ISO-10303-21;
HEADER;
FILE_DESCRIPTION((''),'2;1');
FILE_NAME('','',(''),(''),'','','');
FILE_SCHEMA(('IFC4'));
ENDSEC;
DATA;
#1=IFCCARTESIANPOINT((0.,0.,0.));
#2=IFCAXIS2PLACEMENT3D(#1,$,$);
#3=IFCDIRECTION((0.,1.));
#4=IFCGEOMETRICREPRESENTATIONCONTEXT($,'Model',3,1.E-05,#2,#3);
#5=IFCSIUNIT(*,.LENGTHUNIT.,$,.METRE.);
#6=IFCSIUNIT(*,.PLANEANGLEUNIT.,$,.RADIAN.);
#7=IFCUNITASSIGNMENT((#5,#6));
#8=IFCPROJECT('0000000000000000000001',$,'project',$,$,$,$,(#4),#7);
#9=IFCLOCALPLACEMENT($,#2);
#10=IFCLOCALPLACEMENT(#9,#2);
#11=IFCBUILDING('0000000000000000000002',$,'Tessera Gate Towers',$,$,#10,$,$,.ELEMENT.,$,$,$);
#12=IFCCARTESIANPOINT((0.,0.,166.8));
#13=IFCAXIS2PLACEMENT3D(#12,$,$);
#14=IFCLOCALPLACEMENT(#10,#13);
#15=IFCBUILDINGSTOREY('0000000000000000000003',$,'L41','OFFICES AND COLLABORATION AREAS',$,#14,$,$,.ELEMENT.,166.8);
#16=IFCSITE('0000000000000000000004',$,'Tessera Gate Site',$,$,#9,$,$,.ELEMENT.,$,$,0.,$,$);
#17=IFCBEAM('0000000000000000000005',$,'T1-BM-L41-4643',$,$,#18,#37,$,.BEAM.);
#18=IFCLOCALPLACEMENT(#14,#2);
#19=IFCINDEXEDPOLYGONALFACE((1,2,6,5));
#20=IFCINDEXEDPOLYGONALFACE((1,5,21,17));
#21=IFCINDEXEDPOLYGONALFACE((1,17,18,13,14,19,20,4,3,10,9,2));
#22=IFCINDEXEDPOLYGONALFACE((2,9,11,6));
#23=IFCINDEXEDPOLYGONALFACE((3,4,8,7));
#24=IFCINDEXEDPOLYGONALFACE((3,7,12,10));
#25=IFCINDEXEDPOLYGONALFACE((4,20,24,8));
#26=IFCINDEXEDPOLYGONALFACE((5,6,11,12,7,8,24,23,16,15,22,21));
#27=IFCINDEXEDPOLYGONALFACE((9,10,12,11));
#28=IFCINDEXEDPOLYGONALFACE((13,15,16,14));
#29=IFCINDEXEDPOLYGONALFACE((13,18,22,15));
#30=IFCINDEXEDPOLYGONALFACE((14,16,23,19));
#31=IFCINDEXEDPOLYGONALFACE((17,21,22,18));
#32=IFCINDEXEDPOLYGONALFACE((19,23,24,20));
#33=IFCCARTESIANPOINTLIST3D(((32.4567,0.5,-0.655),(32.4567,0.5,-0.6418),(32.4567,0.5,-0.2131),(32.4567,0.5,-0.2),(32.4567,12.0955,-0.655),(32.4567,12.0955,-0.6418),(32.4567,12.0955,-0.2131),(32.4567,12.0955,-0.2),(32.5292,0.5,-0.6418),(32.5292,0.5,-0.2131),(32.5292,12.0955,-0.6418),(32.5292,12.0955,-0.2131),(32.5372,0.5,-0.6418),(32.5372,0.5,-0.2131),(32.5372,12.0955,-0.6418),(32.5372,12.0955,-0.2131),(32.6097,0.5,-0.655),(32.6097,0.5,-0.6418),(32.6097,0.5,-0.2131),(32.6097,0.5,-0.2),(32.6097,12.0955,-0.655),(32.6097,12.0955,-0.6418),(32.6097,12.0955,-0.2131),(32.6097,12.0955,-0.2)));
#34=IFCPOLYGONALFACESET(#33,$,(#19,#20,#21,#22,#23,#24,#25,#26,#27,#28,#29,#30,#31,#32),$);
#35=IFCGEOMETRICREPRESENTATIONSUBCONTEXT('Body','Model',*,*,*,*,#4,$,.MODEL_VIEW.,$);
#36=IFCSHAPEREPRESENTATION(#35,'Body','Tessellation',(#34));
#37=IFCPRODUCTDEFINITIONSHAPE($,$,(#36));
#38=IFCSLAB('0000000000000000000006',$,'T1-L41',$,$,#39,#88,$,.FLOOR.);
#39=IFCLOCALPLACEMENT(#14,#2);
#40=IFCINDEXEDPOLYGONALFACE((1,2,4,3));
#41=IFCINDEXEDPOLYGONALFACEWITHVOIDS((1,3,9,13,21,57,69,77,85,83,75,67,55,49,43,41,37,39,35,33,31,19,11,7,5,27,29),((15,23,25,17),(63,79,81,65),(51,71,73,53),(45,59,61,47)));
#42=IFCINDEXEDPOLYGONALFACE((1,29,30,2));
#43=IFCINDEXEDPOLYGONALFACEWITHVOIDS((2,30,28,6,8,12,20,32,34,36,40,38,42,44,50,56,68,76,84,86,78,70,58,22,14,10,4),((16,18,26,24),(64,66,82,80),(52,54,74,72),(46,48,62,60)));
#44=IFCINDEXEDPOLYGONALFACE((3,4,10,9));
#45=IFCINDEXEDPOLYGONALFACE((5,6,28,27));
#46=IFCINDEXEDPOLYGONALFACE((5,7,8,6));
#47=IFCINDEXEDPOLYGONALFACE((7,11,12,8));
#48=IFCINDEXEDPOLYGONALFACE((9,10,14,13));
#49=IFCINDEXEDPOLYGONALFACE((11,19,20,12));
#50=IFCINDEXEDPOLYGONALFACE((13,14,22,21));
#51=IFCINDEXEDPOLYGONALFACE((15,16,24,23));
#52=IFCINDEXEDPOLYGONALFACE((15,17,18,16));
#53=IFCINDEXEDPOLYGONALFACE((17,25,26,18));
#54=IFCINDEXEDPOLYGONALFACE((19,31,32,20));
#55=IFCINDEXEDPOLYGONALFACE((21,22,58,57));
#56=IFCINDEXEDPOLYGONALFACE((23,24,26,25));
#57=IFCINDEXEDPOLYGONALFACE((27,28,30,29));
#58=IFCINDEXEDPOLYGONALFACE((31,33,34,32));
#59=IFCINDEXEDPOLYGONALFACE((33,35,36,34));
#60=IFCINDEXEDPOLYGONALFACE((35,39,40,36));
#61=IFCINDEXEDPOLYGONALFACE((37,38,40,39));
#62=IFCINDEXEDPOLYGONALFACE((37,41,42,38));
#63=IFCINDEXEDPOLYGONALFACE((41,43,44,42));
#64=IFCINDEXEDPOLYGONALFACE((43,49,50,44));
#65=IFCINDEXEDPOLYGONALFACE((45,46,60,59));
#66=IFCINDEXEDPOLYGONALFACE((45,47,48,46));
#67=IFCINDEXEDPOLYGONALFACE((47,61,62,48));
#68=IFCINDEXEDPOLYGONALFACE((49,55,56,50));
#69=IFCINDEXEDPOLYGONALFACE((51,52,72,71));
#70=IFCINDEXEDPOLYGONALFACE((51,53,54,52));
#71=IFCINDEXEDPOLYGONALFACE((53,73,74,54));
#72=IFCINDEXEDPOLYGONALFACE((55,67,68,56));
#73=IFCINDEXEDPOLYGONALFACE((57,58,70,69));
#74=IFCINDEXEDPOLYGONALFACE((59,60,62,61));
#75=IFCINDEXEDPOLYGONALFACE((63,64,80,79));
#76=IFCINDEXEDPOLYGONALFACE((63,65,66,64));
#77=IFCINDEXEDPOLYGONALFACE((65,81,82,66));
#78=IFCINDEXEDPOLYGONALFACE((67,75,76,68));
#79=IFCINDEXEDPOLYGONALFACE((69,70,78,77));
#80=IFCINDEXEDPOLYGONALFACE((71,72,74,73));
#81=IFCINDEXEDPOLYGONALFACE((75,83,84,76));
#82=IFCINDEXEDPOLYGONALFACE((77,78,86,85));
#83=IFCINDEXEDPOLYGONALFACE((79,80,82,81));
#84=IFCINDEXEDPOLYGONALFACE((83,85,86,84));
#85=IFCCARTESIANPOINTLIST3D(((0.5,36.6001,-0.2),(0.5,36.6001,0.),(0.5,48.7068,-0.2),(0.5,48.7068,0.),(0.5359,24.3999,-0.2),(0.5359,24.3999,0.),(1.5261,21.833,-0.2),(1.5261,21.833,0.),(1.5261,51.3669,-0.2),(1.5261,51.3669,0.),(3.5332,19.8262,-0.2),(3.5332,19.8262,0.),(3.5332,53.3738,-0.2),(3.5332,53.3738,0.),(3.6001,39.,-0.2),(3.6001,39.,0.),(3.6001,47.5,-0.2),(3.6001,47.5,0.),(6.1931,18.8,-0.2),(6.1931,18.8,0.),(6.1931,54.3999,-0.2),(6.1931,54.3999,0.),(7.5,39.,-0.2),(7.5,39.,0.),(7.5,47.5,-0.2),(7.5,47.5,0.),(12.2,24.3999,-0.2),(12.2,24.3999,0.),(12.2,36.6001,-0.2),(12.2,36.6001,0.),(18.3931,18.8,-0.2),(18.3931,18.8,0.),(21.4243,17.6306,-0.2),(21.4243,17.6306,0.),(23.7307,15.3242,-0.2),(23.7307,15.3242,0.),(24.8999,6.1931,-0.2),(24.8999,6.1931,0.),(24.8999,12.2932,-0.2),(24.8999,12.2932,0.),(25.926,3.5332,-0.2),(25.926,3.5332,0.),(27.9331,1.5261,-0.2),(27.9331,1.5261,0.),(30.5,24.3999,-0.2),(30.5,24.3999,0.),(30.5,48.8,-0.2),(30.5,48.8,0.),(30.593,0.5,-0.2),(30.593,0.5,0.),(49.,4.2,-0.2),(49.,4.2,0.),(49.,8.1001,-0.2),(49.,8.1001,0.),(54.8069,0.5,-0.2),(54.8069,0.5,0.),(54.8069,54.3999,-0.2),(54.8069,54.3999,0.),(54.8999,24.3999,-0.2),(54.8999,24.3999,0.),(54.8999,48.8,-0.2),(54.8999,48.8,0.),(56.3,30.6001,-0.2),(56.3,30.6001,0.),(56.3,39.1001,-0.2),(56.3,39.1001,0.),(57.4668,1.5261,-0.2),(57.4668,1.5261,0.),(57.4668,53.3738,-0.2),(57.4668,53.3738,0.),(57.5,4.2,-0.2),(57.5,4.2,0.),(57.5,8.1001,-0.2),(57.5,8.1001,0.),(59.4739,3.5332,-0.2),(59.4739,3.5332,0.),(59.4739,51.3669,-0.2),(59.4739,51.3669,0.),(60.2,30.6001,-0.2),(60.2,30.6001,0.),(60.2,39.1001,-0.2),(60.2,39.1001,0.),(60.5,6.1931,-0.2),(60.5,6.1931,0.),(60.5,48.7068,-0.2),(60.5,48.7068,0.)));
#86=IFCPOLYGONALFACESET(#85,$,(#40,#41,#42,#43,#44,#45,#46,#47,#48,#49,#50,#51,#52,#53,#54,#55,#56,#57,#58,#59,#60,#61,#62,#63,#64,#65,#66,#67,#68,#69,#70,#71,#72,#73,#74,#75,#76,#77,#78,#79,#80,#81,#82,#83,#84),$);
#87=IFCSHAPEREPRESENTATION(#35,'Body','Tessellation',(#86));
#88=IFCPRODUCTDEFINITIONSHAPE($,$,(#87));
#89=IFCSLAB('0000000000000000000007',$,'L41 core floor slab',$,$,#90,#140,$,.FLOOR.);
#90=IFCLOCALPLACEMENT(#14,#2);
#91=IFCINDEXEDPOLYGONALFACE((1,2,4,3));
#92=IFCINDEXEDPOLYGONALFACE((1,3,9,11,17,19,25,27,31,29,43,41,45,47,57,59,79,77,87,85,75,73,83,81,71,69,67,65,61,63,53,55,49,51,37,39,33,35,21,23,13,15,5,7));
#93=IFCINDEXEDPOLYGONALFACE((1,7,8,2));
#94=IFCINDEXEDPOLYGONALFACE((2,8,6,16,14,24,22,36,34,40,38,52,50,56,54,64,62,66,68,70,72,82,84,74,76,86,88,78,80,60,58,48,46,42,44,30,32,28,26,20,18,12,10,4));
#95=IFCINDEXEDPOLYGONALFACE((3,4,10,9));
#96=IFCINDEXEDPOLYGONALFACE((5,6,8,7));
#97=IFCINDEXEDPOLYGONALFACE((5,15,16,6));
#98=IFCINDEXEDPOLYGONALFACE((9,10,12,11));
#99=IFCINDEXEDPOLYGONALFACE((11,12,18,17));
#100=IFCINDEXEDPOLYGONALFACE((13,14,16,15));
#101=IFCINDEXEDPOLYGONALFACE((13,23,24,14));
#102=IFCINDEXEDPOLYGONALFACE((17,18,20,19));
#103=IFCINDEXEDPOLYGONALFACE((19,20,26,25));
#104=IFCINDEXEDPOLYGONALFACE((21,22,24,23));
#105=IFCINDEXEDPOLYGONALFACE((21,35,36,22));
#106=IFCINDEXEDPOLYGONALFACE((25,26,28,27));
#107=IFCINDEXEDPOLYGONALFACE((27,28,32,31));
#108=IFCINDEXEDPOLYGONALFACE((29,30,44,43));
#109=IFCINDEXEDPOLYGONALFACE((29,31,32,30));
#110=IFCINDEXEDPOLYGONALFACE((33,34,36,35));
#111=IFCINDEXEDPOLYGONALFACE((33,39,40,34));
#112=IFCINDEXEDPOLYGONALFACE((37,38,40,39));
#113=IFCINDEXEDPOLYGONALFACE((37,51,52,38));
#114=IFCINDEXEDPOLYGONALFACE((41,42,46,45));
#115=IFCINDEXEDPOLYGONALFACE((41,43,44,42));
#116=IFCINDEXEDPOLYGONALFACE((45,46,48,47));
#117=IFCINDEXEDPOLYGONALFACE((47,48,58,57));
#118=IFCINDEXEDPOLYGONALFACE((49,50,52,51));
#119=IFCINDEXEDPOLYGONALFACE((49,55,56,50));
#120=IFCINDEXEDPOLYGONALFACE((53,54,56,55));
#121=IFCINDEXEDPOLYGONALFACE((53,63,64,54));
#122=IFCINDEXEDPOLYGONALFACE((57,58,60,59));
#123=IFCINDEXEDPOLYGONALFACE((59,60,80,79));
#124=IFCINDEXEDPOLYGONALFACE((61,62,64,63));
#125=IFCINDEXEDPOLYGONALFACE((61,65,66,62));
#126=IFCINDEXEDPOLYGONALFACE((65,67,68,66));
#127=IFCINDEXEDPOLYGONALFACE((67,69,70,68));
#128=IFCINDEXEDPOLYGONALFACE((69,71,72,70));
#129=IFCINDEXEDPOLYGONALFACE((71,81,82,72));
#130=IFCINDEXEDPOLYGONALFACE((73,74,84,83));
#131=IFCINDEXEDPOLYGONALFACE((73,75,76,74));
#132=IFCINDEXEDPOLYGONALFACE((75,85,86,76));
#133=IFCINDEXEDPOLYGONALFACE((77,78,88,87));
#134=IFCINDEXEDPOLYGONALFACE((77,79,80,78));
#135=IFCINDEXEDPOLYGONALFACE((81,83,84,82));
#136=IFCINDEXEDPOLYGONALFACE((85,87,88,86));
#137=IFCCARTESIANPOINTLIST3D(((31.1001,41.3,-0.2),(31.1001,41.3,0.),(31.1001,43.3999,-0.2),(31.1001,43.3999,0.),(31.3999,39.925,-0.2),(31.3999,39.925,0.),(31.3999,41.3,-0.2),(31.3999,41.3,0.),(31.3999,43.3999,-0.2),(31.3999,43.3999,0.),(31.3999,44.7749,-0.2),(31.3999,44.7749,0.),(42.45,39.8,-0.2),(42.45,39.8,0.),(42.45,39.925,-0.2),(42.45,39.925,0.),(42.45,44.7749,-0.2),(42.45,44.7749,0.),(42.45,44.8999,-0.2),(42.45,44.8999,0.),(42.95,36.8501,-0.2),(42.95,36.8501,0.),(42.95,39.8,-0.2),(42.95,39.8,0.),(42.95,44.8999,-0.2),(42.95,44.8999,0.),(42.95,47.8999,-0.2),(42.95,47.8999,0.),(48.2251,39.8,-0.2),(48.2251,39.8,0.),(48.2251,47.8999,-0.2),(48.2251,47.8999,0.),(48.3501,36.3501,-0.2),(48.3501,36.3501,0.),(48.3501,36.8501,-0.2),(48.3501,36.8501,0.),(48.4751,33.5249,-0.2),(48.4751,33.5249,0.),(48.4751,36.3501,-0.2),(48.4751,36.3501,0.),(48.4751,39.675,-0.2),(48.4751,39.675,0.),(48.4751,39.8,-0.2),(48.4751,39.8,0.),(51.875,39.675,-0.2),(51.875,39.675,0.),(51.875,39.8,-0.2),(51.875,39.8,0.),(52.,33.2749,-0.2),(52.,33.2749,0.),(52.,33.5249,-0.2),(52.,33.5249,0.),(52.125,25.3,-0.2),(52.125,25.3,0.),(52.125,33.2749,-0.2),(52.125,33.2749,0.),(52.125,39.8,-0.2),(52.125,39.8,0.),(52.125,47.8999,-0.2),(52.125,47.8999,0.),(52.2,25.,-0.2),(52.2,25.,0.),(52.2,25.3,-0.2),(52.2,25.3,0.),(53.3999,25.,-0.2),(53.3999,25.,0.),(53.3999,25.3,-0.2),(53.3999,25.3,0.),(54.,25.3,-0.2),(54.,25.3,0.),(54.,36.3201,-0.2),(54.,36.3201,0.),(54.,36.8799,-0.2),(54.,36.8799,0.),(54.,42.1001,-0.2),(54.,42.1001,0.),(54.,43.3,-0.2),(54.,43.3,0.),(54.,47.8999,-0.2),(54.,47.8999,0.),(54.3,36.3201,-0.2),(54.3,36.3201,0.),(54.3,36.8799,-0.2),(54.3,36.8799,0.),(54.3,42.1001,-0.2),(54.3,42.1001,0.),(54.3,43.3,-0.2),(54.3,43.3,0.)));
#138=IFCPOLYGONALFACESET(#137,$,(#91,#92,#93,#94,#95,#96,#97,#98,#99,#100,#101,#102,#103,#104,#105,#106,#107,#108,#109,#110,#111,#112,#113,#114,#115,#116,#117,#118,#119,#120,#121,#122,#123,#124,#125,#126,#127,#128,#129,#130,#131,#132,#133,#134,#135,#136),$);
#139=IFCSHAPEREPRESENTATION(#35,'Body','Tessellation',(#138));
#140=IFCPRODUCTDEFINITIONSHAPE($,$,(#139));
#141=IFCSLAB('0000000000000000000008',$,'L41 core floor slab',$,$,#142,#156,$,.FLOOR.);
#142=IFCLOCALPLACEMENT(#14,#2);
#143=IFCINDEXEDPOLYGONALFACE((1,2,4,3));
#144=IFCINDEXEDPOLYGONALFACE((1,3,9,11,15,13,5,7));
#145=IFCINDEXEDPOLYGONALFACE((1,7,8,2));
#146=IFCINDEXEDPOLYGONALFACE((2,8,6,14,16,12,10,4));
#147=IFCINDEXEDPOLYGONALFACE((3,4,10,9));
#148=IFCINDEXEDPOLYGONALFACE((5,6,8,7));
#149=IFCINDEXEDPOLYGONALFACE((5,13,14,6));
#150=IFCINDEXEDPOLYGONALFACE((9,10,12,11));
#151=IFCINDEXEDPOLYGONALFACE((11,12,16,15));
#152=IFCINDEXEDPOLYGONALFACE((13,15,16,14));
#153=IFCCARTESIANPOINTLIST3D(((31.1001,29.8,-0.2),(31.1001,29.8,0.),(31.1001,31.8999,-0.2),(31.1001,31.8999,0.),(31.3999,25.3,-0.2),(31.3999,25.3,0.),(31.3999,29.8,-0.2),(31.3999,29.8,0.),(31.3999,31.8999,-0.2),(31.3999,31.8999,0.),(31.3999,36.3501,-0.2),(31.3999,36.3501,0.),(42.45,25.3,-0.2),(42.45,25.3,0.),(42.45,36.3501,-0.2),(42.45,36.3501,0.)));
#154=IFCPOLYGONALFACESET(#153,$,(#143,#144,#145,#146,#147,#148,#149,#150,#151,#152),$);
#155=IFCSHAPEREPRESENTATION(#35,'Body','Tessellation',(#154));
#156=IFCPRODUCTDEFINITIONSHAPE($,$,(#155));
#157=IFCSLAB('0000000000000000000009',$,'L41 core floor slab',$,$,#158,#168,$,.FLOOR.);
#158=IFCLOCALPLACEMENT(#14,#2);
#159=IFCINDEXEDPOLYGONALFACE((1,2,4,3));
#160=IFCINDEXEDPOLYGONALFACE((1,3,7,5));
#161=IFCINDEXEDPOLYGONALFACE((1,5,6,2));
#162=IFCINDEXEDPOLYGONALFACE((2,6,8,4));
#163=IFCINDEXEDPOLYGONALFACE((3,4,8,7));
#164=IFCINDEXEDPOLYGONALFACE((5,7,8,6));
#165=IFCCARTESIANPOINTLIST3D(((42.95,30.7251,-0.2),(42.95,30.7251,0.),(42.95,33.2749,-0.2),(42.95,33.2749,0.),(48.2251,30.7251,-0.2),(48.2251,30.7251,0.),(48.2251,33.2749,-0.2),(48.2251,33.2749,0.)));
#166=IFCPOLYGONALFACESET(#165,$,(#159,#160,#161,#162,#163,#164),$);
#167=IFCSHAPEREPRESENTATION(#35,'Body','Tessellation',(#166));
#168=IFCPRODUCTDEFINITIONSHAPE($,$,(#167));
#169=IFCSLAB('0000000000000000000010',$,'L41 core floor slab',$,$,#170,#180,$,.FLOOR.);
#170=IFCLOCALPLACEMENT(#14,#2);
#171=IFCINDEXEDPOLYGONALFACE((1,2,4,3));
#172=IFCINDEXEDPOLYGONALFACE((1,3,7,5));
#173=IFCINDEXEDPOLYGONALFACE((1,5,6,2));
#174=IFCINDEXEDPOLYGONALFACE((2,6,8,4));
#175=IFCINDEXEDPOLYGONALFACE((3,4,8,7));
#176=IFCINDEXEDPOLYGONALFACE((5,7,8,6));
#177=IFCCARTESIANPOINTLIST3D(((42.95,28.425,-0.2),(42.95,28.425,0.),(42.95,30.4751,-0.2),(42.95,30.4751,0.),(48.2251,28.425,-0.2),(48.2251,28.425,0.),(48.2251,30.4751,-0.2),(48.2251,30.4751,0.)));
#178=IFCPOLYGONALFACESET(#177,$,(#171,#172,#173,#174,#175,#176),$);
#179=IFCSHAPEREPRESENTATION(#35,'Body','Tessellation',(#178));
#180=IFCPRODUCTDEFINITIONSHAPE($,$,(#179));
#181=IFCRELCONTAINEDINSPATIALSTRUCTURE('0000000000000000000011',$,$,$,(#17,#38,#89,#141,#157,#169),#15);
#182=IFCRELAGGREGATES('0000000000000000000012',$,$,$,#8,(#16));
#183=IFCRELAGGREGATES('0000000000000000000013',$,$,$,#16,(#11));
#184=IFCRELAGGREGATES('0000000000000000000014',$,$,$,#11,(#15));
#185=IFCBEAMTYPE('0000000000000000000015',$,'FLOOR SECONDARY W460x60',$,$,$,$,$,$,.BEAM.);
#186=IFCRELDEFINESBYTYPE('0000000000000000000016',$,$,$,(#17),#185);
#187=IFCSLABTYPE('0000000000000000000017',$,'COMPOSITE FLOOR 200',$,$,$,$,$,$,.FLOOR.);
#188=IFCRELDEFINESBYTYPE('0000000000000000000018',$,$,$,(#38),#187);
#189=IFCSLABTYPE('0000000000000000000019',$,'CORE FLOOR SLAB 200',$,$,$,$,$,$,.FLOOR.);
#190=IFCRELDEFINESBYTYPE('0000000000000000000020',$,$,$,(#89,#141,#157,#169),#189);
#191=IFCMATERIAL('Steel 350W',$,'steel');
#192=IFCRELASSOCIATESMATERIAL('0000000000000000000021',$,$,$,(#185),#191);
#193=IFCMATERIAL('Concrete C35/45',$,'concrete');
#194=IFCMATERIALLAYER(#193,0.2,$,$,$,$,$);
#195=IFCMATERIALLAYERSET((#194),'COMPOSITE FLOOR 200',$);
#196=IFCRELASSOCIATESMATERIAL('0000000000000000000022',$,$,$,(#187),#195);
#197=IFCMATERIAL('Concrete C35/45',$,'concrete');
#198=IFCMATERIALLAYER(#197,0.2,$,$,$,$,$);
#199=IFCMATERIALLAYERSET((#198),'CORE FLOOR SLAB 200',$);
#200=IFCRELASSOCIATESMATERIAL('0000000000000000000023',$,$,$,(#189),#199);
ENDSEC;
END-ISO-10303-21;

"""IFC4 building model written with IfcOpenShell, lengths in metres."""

from ifc_helpers import new_model, si_unit, direction, frame, origin, origin_2d, place, context, subcontext, project, spatial, polyline, i_section, outline, extrude, material, layer, layer_set, material_profile, profile_set, type_object, element, save


model = new_model("IFC4")

# Units and contexts
model_context = context("Model", 3, precision=1e-05, world=origin(), true_north=direction((0.0, 1.0)))
body_context = subcontext(model_context, "Body", "Model", "MODEL_VIEW")
ifc_project = project(units=[si_unit("LENGTHUNIT", "METRE"), si_unit("PLANEANGLEUNIT", "RADIAN")], contexts=[model_context])

# Site, building, storey
site_placement = place(None, origin())
site = spatial("IfcSite", under=ifc_project, at=site_placement, Name="Tessera Gate Site", CompositionType="ELEMENT", RefElevation=0.0)
building_placement = place(site_placement, origin())
building = spatial("IfcBuilding", under=site, at=building_placement, Name="Tessera Gate Towers", CompositionType="ELEMENT")
storey_placement = place(building_placement, frame((0.0, 0.0, 166.8)))
storey = spatial("IfcBuildingStorey", under=building, at=storey_placement, Name="L41", Description="OFFICES AND COLLABORATION AREAS", CompositionType="ELEMENT", Elevation=166.8)

# Beam
ifc_material_1 = material(Name="Steel 350W", Category="steel")
ifc_material_profile_1 = material_profile(ifc_material_1, i_section(OverallWidth=0.1531, OverallDepth=0.4551, WebThickness=0.0081, FlangeThickness=0.0132, at=origin_2d()), Name="W460x60")
ifc_profile_set_1 = profile_set([ifc_material_profile_1], Name="Steel 350W")
beam_type_1 = type_object("IfcBeamType", Name="FLOOR SECONDARY W460x60", PredefinedType="BEAM", material=ifc_profile_set_1)
beam_1_placement = place(storey_placement, frame((32.5332, 0.5, -0.4275), z_axis=(0.0, 1.0, 0.0), x_axis=(-1.0, 0.0, 0.0)))
element("IfcBeam", 1, at=beam_1_placement, inside=storey, type_object=beam_type_1, Name="T1-BM-L41-4643", PredefinedType="BEAM", context=body_context, shape_type="SweptSolid", body=[
    extrude(i_section(OverallWidth=0.1531, OverallDepth=0.4551, WebThickness=0.0081, FlangeThickness=0.0132, at=origin_2d()), origin(), (0.0, 0.0, 1.0), 11.5955),
])

# Slabs
ifc_material_2 = material(Name="Concrete C35/45", Category="concrete")
ifc_layer_1 = layer(ifc_material_2, 0.2)
ifc_layer_set_1 = layer_set([ifc_layer_1], Name="COMPOSITE FLOOR 200")
slab_type_1 = type_object("IfcSlabType", Name="COMPOSITE FLOOR 200", PredefinedType="FLOOR", material=ifc_layer_set_1)
slab_1_placement = place(storey_placement, frame((0.0, 0.0, -0.2)))
element("IfcSlab", 2, at=slab_1_placement, inside=storey, type_object=slab_type_1, Name="T1-L41", PredefinedType="FLOOR", context=body_context, shape_type="SweptSolid", body=[
    extrude(outline(polyline([(0.5, 36.6001), (12.2, 36.6001), (12.2, 24.3999), (0.5359, 24.3999), (1.5261, 21.833), (3.5332, 19.8262), (6.1931, 18.8), (18.3931, 18.8), (21.4243, 17.6306), (23.7307, 15.3242), (24.8999, 12.2932), (24.8999, 6.1931), (25.926, 3.5332), (27.9331, 1.5261), (30.593, 0.5), (54.8069, 0.5), (57.4668, 1.5261), (59.4739, 3.5332), (60.5, 6.1931), (60.5, 48.7068), (59.4739, 51.3669), (57.4668, 53.3738), (54.8069, 54.3999), (6.1931, 54.3999), (3.5332, 53.3738), (1.5261, 51.3669), (0.5, 48.7068), (0.5, 36.6001)]), holes=[polyline([(3.6001, 39.0), (3.6001, 47.5), (7.5, 47.5), (7.5, 39.0), (3.6001, 39.0)]), polyline([(30.5, 24.3999), (30.5, 48.8), (54.8999, 48.8), (54.8999, 24.3999), (30.5, 24.3999)]), polyline([(49.0, 4.2), (49.0, 8.1001), (57.5, 8.1001), (57.5, 4.2), (49.0, 4.2)]), polyline([(56.3, 30.6001), (56.3, 39.1001), (60.2, 39.1001), (60.2, 30.6001), (56.3, 30.6001)])]), origin(), (0.0, 0.0, 1.0), 0.2),
])
ifc_material_3 = material(Name="Concrete C35/45", Category="concrete")
ifc_layer_2 = layer(ifc_material_3, 0.2)
ifc_layer_set_2 = layer_set([ifc_layer_2], Name="CORE FLOOR SLAB 200")
slab_type_2 = type_object("IfcSlabType", Name="CORE FLOOR SLAB 200", PredefinedType="FLOOR", material=ifc_layer_set_2)
slab_2_placement = place(storey_placement, frame((0.0, 0.0, -0.2)))
element("IfcSlab", 3, at=slab_2_placement, inside=storey, type_object=slab_type_2, Name="L41 core floor slab", PredefinedType="FLOOR", context=body_context, shape_type="SweptSolid", body=[
    extrude(outline(polyline([(42.45, 44.8999), (42.45, 44.7749), (31.3999, 44.7749), (31.3999, 43.3999), (31.1001, 43.3999), (31.1001, 41.3), (31.3999, 41.3), (31.3999, 39.925), (42.45, 39.925), (42.45, 39.8), (42.95, 39.8), (42.95, 36.8501), (48.3501, 36.8501), (48.3501, 36.3501), (48.4751, 36.3501), (48.4751, 33.5249), (52.0, 33.5249), (52.0, 33.2749), (52.125, 33.2749), (52.125, 25.3), (52.2, 25.3), (52.2, 25.0), (53.3999, 25.0), (53.3999, 25.3), (54.0, 25.3), (54.0, 36.3201), (54.3, 36.3201), (54.3, 36.8799), (54.0, 36.8799), (54.0, 42.1001), (54.3, 42.1001), (54.3, 43.3), (54.0, 43.3), (54.0, 47.8999), (52.125, 47.8999), (52.125, 39.8), (51.875, 39.8), (51.875, 39.675), (48.4751, 39.675), (48.4751, 39.8), (48.2251, 39.8), (48.2251, 47.8999), (42.95, 47.8999), (42.95, 44.8999), (42.45, 44.8999)])), origin(), (0.0, 0.0, 1.0), 0.2),
])
slab_3_placement = place(storey_placement, frame((0.0, 0.0, -0.2)))
element("IfcSlab", 4, at=slab_3_placement, inside=storey, type_object=slab_type_2, Name="L41 core floor slab", PredefinedType="FLOOR", context=body_context, shape_type="SweptSolid", body=[
    extrude(outline(polyline([(31.3999, 36.3501), (31.3999, 31.8999), (31.1001, 31.8999), (31.1001, 29.8), (31.3999, 29.8), (31.3999, 25.3), (42.45, 25.3), (42.45, 36.3501), (31.3999, 36.3501)])), origin(), (0.0, 0.0, 1.0), 0.2),
])
slab_4_placement = place(storey_placement, frame((0.0, 0.0, -0.2)))
element("IfcSlab", 5, at=slab_4_placement, inside=storey, type_object=slab_type_2, Name="L41 core floor slab", PredefinedType="FLOOR", context=body_context, shape_type="SweptSolid", body=[
    extrude(outline(polyline([(42.95, 33.2749), (42.95, 30.7251), (48.2251, 30.7251), (48.2251, 33.2749), (42.95, 33.2749)])), origin(), (0.0, 0.0, 1.0), 0.2),
])
slab_5_placement = place(storey_placement, frame((0.0, 0.0, -0.2)))
element("IfcSlab", 6, at=slab_5_placement, inside=storey, type_object=slab_type_2, Name="L41 core floor slab", PredefinedType="FLOOR", context=body_context, shape_type="SweptSolid", body=[
    extrude(outline(polyline([(48.2251, 30.4751), (42.95, 30.4751), (42.95, 28.425), (48.2251, 28.425), (48.2251, 30.4751)])), origin(), (0.0, 0.0, 1.0), 0.2),
])

save(model, "model.ifc")
